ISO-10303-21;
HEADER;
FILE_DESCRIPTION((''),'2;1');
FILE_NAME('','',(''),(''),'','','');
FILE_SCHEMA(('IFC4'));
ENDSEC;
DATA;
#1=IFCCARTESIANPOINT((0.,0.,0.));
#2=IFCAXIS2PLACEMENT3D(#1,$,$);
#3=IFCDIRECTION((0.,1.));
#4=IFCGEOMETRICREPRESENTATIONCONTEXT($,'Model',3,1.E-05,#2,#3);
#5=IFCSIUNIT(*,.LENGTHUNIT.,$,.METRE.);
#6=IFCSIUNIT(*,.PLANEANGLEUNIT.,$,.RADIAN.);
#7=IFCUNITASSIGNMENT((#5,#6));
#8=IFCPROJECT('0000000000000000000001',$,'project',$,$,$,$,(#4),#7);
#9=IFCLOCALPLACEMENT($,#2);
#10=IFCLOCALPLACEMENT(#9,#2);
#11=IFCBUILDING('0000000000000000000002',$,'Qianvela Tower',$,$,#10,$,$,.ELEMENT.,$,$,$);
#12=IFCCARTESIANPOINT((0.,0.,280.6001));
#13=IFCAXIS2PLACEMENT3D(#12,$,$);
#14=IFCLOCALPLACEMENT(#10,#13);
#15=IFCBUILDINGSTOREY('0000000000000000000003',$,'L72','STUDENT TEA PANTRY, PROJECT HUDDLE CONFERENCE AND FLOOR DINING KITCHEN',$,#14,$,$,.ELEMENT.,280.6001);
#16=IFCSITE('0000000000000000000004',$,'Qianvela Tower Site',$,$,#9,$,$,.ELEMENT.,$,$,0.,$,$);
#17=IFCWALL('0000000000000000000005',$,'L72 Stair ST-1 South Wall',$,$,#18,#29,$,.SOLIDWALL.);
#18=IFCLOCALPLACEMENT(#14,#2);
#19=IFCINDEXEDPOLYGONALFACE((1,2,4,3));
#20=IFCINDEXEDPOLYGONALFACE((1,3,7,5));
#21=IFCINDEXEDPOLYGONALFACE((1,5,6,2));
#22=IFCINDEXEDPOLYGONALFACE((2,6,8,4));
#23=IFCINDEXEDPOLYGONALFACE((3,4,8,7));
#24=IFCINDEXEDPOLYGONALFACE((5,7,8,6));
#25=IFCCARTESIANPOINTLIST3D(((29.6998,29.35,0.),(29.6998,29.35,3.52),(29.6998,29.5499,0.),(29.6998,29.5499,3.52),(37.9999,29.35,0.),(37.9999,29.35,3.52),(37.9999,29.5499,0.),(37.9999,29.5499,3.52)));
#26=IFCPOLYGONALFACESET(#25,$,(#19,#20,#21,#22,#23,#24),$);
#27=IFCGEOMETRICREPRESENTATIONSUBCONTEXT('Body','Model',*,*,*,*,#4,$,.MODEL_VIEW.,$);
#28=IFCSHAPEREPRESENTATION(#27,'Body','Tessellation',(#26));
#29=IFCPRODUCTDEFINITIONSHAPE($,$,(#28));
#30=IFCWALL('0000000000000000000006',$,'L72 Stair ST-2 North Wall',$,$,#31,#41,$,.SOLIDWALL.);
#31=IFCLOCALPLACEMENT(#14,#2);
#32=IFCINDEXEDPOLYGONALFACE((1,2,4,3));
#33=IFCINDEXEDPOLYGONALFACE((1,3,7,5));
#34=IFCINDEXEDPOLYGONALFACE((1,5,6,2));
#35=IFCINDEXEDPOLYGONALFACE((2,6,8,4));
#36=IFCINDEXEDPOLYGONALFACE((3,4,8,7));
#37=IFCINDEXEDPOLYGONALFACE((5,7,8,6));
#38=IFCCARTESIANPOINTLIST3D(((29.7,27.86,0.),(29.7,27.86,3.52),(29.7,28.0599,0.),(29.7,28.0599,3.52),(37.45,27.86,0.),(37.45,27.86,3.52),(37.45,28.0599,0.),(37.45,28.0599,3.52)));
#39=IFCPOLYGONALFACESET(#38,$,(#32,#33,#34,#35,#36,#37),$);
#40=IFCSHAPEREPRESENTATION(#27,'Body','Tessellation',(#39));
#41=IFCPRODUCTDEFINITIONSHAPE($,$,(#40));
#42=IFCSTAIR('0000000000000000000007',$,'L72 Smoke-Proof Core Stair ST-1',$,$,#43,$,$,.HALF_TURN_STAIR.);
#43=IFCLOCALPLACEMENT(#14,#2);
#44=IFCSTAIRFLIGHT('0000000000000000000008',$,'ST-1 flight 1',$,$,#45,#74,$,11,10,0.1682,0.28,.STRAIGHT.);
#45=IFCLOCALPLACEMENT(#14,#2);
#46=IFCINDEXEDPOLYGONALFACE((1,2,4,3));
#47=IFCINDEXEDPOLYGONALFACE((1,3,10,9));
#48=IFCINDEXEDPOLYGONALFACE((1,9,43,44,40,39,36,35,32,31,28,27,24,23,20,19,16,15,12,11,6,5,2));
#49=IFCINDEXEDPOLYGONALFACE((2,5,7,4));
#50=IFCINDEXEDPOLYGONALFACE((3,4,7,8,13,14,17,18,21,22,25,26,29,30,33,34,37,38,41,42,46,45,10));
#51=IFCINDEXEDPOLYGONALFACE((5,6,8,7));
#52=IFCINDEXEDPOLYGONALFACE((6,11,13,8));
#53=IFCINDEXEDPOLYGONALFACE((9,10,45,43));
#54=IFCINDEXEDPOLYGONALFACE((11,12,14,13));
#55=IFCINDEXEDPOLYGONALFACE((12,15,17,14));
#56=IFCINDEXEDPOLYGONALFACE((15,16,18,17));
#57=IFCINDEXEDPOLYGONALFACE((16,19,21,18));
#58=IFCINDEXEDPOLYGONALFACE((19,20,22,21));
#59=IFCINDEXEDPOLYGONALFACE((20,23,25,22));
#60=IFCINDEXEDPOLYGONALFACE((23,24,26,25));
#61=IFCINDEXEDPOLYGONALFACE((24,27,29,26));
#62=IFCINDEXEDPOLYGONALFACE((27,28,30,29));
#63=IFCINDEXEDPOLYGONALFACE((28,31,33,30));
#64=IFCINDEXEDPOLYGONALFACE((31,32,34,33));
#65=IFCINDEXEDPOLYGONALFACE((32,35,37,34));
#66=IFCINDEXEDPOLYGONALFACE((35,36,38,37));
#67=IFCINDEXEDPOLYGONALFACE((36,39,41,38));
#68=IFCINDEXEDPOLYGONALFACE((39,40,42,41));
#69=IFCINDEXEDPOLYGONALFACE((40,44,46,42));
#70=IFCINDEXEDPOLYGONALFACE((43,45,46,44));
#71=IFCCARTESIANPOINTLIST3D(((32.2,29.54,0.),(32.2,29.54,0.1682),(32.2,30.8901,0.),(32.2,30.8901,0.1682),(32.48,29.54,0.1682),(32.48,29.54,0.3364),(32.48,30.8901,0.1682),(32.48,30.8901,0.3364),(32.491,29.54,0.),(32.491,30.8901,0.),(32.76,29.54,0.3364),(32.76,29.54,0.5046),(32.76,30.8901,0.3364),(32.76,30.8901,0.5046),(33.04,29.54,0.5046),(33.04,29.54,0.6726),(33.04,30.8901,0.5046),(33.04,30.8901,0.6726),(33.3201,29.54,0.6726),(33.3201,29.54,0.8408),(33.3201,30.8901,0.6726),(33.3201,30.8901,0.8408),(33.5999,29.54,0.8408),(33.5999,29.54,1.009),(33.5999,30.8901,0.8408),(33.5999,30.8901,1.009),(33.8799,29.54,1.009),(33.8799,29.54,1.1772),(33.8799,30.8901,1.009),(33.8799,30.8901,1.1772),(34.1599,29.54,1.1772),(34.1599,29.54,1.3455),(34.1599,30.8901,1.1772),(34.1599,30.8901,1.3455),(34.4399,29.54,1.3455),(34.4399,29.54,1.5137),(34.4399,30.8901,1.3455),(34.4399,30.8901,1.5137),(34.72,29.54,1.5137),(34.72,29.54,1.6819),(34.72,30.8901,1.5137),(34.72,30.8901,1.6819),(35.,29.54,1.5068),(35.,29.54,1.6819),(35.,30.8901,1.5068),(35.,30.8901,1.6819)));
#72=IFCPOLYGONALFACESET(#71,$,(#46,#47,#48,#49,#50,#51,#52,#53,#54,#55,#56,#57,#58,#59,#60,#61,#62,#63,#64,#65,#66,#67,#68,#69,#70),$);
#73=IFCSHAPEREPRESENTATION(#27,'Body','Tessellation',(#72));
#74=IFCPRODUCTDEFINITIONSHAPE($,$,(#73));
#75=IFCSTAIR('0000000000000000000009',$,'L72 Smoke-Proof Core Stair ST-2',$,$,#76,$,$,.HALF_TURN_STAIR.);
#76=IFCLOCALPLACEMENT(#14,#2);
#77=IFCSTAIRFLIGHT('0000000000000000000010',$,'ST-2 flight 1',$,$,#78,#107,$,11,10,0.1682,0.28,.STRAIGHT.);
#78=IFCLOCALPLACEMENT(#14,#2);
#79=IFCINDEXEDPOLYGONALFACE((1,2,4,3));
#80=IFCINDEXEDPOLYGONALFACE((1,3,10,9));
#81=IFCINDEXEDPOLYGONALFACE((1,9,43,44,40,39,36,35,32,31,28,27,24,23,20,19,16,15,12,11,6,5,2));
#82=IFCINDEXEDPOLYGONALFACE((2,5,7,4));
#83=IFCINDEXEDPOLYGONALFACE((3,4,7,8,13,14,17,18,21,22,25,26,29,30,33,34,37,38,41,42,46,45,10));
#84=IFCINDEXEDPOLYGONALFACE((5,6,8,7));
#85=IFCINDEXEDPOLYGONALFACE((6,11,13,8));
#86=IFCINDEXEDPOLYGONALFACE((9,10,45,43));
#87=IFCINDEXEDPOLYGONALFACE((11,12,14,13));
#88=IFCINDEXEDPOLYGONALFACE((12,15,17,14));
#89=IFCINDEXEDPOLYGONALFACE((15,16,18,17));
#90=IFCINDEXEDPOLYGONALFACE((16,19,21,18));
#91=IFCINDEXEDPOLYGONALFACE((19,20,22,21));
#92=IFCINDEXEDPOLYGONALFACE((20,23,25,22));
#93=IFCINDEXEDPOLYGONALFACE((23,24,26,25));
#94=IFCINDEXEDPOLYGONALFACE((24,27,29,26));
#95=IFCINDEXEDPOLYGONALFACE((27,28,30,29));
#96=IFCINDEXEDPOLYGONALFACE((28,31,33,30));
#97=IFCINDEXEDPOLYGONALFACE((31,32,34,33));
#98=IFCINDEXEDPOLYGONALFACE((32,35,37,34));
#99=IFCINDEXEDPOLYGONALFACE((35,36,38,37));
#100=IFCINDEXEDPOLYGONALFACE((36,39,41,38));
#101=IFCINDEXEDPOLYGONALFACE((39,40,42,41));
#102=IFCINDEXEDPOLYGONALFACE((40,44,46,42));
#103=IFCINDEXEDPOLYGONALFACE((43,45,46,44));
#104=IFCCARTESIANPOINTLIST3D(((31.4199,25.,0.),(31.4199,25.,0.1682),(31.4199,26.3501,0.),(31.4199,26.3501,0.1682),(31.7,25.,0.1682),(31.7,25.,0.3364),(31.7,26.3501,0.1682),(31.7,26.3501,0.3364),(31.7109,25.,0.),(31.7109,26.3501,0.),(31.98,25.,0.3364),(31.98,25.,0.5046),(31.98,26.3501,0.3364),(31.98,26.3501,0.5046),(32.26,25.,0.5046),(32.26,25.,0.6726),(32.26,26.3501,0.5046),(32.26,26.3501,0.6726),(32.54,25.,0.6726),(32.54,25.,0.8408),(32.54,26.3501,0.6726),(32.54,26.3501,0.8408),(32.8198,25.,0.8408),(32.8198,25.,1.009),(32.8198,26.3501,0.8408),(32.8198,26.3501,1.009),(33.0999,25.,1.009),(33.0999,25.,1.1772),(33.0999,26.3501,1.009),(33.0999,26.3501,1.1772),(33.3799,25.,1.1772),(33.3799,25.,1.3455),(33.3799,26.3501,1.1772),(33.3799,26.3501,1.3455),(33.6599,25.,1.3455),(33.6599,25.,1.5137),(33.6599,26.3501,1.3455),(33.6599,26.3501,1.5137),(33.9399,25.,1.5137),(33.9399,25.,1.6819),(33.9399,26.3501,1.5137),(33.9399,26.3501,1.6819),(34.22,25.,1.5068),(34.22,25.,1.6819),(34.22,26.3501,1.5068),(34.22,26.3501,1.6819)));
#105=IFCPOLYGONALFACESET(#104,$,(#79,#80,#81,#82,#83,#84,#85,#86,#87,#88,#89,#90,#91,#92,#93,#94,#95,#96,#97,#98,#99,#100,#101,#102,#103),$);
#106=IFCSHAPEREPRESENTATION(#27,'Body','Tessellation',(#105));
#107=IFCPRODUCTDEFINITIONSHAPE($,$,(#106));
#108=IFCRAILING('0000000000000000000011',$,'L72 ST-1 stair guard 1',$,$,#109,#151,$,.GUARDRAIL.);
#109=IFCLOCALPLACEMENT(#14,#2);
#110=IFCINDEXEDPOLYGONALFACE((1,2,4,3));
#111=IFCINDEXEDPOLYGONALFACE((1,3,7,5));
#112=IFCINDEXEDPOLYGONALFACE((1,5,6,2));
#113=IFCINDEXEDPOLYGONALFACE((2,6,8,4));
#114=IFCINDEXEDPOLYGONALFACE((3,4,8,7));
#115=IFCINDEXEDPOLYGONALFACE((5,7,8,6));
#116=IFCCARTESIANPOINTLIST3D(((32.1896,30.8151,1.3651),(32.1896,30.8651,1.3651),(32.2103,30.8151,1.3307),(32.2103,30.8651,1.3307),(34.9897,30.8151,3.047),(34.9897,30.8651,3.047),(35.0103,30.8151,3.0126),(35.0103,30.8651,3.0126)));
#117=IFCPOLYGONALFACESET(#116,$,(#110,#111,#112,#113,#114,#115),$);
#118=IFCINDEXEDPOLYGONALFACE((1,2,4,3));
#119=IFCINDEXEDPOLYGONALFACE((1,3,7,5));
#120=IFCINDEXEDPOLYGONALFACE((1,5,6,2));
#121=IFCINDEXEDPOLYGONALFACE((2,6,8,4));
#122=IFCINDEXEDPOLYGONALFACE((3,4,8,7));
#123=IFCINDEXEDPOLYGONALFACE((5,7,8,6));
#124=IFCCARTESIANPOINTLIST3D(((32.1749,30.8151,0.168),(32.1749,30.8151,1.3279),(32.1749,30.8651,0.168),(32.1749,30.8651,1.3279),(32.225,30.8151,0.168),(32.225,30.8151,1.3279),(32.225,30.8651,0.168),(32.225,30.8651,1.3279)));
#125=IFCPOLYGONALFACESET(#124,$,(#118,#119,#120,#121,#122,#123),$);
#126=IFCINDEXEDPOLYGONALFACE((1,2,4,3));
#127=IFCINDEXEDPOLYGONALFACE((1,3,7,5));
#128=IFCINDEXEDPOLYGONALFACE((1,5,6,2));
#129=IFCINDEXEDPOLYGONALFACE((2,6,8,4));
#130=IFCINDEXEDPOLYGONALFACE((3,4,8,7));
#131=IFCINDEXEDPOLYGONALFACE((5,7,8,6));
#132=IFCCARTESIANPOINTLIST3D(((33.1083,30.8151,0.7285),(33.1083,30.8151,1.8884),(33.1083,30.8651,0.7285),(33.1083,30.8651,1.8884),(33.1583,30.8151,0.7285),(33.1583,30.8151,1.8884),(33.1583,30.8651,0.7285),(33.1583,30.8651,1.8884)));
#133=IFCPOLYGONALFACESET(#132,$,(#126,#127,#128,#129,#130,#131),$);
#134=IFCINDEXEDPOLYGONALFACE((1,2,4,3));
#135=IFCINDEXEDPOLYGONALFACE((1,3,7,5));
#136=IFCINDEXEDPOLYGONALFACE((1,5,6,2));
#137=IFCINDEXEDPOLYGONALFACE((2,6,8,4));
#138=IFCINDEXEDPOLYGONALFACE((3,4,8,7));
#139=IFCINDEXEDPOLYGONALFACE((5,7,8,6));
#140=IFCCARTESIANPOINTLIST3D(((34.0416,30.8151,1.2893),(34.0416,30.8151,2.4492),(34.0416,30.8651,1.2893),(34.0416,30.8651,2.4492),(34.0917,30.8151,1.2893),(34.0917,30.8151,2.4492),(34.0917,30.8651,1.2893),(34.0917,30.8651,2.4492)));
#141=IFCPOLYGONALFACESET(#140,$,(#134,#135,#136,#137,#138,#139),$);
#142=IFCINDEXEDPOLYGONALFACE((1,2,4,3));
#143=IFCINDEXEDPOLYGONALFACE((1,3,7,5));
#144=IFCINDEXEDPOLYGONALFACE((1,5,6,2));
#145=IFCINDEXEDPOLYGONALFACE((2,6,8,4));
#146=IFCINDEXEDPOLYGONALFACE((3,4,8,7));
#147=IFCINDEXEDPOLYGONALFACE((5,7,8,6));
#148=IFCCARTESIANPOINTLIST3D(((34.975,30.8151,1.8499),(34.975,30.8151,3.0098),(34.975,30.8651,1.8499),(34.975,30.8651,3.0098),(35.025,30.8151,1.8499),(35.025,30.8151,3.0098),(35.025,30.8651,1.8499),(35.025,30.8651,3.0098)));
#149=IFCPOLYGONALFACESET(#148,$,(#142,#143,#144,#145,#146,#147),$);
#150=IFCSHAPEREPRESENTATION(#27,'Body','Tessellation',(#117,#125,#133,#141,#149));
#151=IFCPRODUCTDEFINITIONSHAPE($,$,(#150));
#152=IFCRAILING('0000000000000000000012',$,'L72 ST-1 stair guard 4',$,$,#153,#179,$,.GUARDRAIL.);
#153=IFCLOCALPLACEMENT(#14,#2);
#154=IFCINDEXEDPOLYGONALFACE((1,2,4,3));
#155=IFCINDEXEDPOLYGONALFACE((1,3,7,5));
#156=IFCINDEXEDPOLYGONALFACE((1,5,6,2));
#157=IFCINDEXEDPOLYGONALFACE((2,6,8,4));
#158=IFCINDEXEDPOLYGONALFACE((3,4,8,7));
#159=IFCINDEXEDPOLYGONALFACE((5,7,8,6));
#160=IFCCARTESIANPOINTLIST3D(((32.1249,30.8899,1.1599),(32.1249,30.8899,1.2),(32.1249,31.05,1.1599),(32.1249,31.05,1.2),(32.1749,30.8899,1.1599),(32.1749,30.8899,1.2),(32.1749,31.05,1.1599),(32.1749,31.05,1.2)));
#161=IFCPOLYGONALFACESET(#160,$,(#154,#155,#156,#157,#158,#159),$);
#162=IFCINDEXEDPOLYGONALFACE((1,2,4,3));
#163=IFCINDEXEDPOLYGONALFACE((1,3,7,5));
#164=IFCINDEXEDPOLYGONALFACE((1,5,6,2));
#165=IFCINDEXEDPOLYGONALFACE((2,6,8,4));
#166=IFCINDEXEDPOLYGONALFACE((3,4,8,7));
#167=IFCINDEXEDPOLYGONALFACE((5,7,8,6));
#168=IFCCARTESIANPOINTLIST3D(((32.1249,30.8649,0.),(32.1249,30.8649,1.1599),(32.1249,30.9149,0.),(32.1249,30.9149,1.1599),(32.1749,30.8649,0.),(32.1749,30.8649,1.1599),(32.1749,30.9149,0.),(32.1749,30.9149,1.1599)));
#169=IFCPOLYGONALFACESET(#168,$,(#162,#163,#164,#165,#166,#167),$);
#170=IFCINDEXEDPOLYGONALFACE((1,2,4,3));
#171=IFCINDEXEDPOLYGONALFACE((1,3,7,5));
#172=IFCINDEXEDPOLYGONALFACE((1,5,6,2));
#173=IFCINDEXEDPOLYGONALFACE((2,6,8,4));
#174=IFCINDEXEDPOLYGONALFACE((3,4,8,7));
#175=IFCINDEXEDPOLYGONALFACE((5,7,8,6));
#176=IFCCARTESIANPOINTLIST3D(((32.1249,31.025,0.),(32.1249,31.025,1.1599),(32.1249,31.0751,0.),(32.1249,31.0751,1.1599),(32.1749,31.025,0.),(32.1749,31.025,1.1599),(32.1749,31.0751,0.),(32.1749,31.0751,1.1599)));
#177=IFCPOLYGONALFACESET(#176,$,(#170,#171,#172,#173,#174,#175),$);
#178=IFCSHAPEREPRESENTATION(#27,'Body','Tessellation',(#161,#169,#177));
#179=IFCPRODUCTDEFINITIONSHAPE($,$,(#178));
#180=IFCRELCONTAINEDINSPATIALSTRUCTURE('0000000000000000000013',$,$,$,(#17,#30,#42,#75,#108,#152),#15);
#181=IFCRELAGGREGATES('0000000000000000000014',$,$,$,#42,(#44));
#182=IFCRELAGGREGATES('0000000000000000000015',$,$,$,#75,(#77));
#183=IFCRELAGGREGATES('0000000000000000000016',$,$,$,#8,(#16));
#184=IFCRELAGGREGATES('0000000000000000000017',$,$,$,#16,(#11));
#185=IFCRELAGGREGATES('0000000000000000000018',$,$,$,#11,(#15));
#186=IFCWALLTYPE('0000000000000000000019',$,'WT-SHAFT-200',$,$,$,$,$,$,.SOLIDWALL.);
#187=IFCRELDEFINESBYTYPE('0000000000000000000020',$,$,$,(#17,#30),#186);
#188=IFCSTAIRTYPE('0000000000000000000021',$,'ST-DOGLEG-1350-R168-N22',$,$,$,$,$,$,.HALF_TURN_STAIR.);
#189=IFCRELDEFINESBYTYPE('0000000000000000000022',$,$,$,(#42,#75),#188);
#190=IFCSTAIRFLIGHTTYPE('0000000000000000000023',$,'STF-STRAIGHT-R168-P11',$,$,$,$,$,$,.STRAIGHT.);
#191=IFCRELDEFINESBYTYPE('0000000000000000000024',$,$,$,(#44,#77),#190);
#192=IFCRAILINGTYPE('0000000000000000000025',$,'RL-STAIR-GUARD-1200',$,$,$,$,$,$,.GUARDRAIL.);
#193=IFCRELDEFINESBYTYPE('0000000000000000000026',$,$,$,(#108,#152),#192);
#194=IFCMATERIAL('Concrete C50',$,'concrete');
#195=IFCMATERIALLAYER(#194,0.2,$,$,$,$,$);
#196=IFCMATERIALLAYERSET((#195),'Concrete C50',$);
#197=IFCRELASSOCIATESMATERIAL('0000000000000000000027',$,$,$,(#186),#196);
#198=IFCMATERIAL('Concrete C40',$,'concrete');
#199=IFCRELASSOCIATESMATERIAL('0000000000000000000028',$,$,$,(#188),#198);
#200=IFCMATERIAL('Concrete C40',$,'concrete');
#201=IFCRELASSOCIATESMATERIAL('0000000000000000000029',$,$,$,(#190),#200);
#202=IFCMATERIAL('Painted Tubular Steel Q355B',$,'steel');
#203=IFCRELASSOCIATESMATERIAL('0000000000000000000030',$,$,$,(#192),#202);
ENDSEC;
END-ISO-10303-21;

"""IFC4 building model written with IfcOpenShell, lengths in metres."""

from ifc_helpers import new_model, si_unit, direction, frame, frame_2d, origin, origin_2d, place, context, subcontext, project, spatial, polyline, rectangle, outline, extrude, material, layer, layer_set, type_object, element, aggregate, save


model = new_model("IFC4")

# Units and contexts
model_context = context("Model", 3, precision=1e-05, world=origin(), true_north=direction((0.0, 1.0)))
body_context = subcontext(model_context, "Body", "Model", "MODEL_VIEW")
ifc_project = project(units=[si_unit("LENGTHUNIT", "METRE"), si_unit("PLANEANGLEUNIT", "RADIAN")], contexts=[model_context])

# Site, building, storey
site_placement = place(None, origin())
site = spatial("IfcSite", under=ifc_project, at=site_placement, Name="Qianvela Tower Site", CompositionType="ELEMENT", RefElevation=0.0)
building_placement = place(site_placement, origin())
building = spatial("IfcBuilding", under=site, at=building_placement, Name="Qianvela Tower", CompositionType="ELEMENT")
storey_placement = place(building_placement, frame((0.0, 0.0, 280.6001)))
storey = spatial("IfcBuildingStorey", under=building, at=storey_placement, Name="L72", Description="STUDENT TEA PANTRY, PROJECT HUDDLE CONFERENCE AND FLOOR DINING KITCHEN", CompositionType="ELEMENT", Elevation=280.6001)

# Walls
ifc_material_1 = material(Name="Concrete C50", Category="concrete")
ifc_layer_1 = layer(ifc_material_1, 0.2)
ifc_layer_set_1 = layer_set([ifc_layer_1], Name="Concrete C50")
wall_type_1 = type_object("IfcWallType", Name="WT-SHAFT-200", PredefinedType="SOLIDWALL", material=ifc_layer_set_1)
wall_1_placement = place(storey_placement, frame((29.7, 29.45, 0.0), z_axis=(0.0, 0.0, 1.0), x_axis=(1.0, 0.0, 0.0)))
element("IfcWall", 1, at=wall_1_placement, inside=storey, type_object=wall_type_1, Name="L72 Stair ST-1 South Wall", PredefinedType="SOLIDWALL", context=body_context, shape_type="SweptSolid", body=[
    extrude(rectangle(XDim=8.3, YDim=0.2, at=frame_2d((4.1499, 0.0))), origin(), (0.0, 0.0, 1.0), 3.52),
])
wall_2_placement = place(storey_placement, frame((29.7, 27.96, 0.0), z_axis=(0.0, 0.0, 1.0), x_axis=(1.0, 0.0, 0.0)))
element("IfcWall", 2, at=wall_2_placement, inside=storey, type_object=wall_type_1, Name="L72 Stair ST-2 North Wall", PredefinedType="SOLIDWALL", context=body_context, shape_type="SweptSolid", body=[
    extrude(rectangle(XDim=7.75, YDim=0.2, at=frame_2d((3.875, 0.0))), origin(), (0.0, 0.0, 1.0), 3.52),
])

# Stairs, stair flights
ifc_material_2 = material(Name="Concrete C40", Category="concrete")
stair_type = type_object("IfcStairType", Name="ST-DOGLEG-1350-R168-N22", PredefinedType="HALF_TURN_STAIR", material=ifc_material_2)
stair_1_placement = place(storey_placement, origin())
stair_1 = element("IfcStair", 3, at=stair_1_placement, inside=storey, type_object=stair_type, Name="L72 Smoke-Proof Core Stair ST-1", PredefinedType="HALF_TURN_STAIR")
ifc_material_3 = material(Name="Concrete C40", Category="concrete")
stair_flight_type = type_object("IfcStairFlightType", Name="STF-STRAIGHT-R168-P11", PredefinedType="STRAIGHT", material=ifc_material_3)
stair_flight_1_placement = place(storey_placement, frame((32.2, 30.2151, 0.0), z_axis=(0.0, 0.0, 1.0), x_axis=(1.0, 0.0, 0.0)))
stair_flight_1 = element("IfcStairFlight", 4, at=stair_flight_1_placement, type_object=stair_flight_type, Name="ST-1 flight 1", NumberOfRisers=11, NumberOfTreads=10, PredefinedType="STRAIGHT", RiserHeight=0.1682, TreadLength=0.28, context=body_context, shape_type="SweptSolid", body=[
    extrude(outline(polyline([(0.0, 0.0), (0.0, 0.1682), (0.28, 0.1682), (0.28, 0.3364), (0.5601, 0.3364), (0.5601, 0.5046), (0.8401, 0.5046), (0.8401, 0.6726), (1.1201, 0.6726), (1.1201, 0.8408), (1.3999, 0.8408), (1.3999, 1.009), (1.6799, 1.009), (1.6799, 1.1772), (1.96, 1.1772), (1.96, 1.3455), (2.24, 1.3455), (2.24, 1.5137), (2.52, 1.5137), (2.52, 1.6819), (2.8, 1.6819), (2.8, 1.8501), (2.8, 1.5068), (0.291, 0.0), (0.0, 0.0)])), frame((0.0, 0.675, 0.0), z_axis=(0.0, -1.0, 0.0), x_axis=(1.0, 0.0, 0.0)), (0.0, 0.0, 1.0), 1.3501),
])
aggregate(stair_1, [stair_flight_1])
stair_2_placement = place(storey_placement, origin())
stair_2 = element("IfcStair", 5, at=stair_2_placement, inside=storey, type_object=stair_type, Name="L72 Smoke-Proof Core Stair ST-2", PredefinedType="HALF_TURN_STAIR")
stair_flight_2_placement = place(storey_placement, frame((31.4199, 25.675, 0.0), z_axis=(0.0, 0.0, 1.0), x_axis=(1.0, 0.0, 0.0)))
stair_flight_2 = element("IfcStairFlight", 6, at=stair_flight_2_placement, type_object=stair_flight_type, Name="ST-2 flight 1", NumberOfRisers=11, NumberOfTreads=10, PredefinedType="STRAIGHT", RiserHeight=0.1682, TreadLength=0.28, context=body_context, shape_type="SweptSolid", body=[
    extrude(outline(polyline([(0.0, 0.0), (0.0, 0.1682), (0.28, 0.1682), (0.28, 0.3364), (0.5601, 0.3364), (0.5601, 0.5046), (0.8401, 0.5046), (0.8401, 0.6726), (1.1201, 0.6726), (1.1201, 0.8408), (1.3999, 0.8408), (1.3999, 1.009), (1.6799, 1.009), (1.6799, 1.1772), (1.96, 1.1772), (1.96, 1.3455), (2.24, 1.3455), (2.24, 1.5137), (2.52, 1.5137), (2.52, 1.6819), (2.8, 1.6819), (2.8, 1.8501), (2.8, 1.5068), (0.291, 0.0), (0.0, 0.0)])), frame((0.0, 0.675, 0.0), z_axis=(0.0, -1.0, 0.0), x_axis=(1.0, 0.0, 0.0)), (0.0, 0.0, 1.0), 1.3501),
])
aggregate(stair_2, [stair_flight_2])

# Railings
ifc_material_4 = material(Name="Painted Tubular Steel Q355B", Category="steel")
railing_type_1 = type_object("IfcRailingType", Name="RL-STAIR-GUARD-1200", PredefinedType="GUARDRAIL", material=ifc_material_4)
railing_1_placement = place(storey_placement, frame((32.2, 30.8401, 0.168)))
element("IfcRailing", 7, at=railing_1_placement, inside=storey, type_object=railing_type_1, Name="L72 ST-1 stair guard 1", PredefinedType="GUARDRAIL", context=body_context, shape_type="SweptSolid", body=[
    extrude(rectangle(XDim=0.05, YDim=0.04, at=origin_2d()), frame((0.0, 0.0, 1.1799), z_axis=(0.857242, 0.0, 0.514913), x_axis=(0.0, 1.0, 0.0)), (0.0, 0.0, 1.0), 3.2664),
    extrude(rectangle(XDim=0.05, YDim=0.05, at=origin_2d()), origin(), (0.0, 0.0, 1.0), 1.1599),
    extrude(rectangle(XDim=0.05, YDim=0.05, at=origin_2d()), frame((0.9333, 0.0, 0.5605)), (0.0, 0.0, 1.0), 1.1599),
    extrude(rectangle(XDim=0.05, YDim=0.05, at=origin_2d()), frame((1.8667, 0.0, 1.1213)), (0.0, 0.0, 1.0), 1.1599),
    extrude(rectangle(XDim=0.05, YDim=0.05, at=origin_2d()), frame((2.8, 0.0, 1.6819)), (0.0, 0.0, 1.0), 1.1599),
])
railing_2_placement = place(storey_placement, frame((32.1499, 30.8899, 0.0)))
element("IfcRailing", 8, at=railing_2_placement, inside=storey, type_object=railing_type_1, Name="L72 ST-1 stair guard 4", PredefinedType="GUARDRAIL", context=body_context, shape_type="SweptSolid", body=[
    extrude(rectangle(XDim=0.05, YDim=0.04, at=origin_2d()), frame((0.0, 0.0, 1.1799), z_axis=(0.0, 1.0, 0.0), x_axis=(-1.0, 0.0, 0.0)), (0.0, 0.0, 1.0), 0.1602),
    extrude(rectangle(XDim=0.05, YDim=0.05, at=origin_2d()), origin(), (0.0, 0.0, 1.0), 1.1599),
    extrude(rectangle(XDim=0.05, YDim=0.05, at=origin_2d()), frame((0.0, 0.1602, 0.0)), (0.0, 0.0, 1.0), 1.1599),
])

save(model, "model.ifc")
